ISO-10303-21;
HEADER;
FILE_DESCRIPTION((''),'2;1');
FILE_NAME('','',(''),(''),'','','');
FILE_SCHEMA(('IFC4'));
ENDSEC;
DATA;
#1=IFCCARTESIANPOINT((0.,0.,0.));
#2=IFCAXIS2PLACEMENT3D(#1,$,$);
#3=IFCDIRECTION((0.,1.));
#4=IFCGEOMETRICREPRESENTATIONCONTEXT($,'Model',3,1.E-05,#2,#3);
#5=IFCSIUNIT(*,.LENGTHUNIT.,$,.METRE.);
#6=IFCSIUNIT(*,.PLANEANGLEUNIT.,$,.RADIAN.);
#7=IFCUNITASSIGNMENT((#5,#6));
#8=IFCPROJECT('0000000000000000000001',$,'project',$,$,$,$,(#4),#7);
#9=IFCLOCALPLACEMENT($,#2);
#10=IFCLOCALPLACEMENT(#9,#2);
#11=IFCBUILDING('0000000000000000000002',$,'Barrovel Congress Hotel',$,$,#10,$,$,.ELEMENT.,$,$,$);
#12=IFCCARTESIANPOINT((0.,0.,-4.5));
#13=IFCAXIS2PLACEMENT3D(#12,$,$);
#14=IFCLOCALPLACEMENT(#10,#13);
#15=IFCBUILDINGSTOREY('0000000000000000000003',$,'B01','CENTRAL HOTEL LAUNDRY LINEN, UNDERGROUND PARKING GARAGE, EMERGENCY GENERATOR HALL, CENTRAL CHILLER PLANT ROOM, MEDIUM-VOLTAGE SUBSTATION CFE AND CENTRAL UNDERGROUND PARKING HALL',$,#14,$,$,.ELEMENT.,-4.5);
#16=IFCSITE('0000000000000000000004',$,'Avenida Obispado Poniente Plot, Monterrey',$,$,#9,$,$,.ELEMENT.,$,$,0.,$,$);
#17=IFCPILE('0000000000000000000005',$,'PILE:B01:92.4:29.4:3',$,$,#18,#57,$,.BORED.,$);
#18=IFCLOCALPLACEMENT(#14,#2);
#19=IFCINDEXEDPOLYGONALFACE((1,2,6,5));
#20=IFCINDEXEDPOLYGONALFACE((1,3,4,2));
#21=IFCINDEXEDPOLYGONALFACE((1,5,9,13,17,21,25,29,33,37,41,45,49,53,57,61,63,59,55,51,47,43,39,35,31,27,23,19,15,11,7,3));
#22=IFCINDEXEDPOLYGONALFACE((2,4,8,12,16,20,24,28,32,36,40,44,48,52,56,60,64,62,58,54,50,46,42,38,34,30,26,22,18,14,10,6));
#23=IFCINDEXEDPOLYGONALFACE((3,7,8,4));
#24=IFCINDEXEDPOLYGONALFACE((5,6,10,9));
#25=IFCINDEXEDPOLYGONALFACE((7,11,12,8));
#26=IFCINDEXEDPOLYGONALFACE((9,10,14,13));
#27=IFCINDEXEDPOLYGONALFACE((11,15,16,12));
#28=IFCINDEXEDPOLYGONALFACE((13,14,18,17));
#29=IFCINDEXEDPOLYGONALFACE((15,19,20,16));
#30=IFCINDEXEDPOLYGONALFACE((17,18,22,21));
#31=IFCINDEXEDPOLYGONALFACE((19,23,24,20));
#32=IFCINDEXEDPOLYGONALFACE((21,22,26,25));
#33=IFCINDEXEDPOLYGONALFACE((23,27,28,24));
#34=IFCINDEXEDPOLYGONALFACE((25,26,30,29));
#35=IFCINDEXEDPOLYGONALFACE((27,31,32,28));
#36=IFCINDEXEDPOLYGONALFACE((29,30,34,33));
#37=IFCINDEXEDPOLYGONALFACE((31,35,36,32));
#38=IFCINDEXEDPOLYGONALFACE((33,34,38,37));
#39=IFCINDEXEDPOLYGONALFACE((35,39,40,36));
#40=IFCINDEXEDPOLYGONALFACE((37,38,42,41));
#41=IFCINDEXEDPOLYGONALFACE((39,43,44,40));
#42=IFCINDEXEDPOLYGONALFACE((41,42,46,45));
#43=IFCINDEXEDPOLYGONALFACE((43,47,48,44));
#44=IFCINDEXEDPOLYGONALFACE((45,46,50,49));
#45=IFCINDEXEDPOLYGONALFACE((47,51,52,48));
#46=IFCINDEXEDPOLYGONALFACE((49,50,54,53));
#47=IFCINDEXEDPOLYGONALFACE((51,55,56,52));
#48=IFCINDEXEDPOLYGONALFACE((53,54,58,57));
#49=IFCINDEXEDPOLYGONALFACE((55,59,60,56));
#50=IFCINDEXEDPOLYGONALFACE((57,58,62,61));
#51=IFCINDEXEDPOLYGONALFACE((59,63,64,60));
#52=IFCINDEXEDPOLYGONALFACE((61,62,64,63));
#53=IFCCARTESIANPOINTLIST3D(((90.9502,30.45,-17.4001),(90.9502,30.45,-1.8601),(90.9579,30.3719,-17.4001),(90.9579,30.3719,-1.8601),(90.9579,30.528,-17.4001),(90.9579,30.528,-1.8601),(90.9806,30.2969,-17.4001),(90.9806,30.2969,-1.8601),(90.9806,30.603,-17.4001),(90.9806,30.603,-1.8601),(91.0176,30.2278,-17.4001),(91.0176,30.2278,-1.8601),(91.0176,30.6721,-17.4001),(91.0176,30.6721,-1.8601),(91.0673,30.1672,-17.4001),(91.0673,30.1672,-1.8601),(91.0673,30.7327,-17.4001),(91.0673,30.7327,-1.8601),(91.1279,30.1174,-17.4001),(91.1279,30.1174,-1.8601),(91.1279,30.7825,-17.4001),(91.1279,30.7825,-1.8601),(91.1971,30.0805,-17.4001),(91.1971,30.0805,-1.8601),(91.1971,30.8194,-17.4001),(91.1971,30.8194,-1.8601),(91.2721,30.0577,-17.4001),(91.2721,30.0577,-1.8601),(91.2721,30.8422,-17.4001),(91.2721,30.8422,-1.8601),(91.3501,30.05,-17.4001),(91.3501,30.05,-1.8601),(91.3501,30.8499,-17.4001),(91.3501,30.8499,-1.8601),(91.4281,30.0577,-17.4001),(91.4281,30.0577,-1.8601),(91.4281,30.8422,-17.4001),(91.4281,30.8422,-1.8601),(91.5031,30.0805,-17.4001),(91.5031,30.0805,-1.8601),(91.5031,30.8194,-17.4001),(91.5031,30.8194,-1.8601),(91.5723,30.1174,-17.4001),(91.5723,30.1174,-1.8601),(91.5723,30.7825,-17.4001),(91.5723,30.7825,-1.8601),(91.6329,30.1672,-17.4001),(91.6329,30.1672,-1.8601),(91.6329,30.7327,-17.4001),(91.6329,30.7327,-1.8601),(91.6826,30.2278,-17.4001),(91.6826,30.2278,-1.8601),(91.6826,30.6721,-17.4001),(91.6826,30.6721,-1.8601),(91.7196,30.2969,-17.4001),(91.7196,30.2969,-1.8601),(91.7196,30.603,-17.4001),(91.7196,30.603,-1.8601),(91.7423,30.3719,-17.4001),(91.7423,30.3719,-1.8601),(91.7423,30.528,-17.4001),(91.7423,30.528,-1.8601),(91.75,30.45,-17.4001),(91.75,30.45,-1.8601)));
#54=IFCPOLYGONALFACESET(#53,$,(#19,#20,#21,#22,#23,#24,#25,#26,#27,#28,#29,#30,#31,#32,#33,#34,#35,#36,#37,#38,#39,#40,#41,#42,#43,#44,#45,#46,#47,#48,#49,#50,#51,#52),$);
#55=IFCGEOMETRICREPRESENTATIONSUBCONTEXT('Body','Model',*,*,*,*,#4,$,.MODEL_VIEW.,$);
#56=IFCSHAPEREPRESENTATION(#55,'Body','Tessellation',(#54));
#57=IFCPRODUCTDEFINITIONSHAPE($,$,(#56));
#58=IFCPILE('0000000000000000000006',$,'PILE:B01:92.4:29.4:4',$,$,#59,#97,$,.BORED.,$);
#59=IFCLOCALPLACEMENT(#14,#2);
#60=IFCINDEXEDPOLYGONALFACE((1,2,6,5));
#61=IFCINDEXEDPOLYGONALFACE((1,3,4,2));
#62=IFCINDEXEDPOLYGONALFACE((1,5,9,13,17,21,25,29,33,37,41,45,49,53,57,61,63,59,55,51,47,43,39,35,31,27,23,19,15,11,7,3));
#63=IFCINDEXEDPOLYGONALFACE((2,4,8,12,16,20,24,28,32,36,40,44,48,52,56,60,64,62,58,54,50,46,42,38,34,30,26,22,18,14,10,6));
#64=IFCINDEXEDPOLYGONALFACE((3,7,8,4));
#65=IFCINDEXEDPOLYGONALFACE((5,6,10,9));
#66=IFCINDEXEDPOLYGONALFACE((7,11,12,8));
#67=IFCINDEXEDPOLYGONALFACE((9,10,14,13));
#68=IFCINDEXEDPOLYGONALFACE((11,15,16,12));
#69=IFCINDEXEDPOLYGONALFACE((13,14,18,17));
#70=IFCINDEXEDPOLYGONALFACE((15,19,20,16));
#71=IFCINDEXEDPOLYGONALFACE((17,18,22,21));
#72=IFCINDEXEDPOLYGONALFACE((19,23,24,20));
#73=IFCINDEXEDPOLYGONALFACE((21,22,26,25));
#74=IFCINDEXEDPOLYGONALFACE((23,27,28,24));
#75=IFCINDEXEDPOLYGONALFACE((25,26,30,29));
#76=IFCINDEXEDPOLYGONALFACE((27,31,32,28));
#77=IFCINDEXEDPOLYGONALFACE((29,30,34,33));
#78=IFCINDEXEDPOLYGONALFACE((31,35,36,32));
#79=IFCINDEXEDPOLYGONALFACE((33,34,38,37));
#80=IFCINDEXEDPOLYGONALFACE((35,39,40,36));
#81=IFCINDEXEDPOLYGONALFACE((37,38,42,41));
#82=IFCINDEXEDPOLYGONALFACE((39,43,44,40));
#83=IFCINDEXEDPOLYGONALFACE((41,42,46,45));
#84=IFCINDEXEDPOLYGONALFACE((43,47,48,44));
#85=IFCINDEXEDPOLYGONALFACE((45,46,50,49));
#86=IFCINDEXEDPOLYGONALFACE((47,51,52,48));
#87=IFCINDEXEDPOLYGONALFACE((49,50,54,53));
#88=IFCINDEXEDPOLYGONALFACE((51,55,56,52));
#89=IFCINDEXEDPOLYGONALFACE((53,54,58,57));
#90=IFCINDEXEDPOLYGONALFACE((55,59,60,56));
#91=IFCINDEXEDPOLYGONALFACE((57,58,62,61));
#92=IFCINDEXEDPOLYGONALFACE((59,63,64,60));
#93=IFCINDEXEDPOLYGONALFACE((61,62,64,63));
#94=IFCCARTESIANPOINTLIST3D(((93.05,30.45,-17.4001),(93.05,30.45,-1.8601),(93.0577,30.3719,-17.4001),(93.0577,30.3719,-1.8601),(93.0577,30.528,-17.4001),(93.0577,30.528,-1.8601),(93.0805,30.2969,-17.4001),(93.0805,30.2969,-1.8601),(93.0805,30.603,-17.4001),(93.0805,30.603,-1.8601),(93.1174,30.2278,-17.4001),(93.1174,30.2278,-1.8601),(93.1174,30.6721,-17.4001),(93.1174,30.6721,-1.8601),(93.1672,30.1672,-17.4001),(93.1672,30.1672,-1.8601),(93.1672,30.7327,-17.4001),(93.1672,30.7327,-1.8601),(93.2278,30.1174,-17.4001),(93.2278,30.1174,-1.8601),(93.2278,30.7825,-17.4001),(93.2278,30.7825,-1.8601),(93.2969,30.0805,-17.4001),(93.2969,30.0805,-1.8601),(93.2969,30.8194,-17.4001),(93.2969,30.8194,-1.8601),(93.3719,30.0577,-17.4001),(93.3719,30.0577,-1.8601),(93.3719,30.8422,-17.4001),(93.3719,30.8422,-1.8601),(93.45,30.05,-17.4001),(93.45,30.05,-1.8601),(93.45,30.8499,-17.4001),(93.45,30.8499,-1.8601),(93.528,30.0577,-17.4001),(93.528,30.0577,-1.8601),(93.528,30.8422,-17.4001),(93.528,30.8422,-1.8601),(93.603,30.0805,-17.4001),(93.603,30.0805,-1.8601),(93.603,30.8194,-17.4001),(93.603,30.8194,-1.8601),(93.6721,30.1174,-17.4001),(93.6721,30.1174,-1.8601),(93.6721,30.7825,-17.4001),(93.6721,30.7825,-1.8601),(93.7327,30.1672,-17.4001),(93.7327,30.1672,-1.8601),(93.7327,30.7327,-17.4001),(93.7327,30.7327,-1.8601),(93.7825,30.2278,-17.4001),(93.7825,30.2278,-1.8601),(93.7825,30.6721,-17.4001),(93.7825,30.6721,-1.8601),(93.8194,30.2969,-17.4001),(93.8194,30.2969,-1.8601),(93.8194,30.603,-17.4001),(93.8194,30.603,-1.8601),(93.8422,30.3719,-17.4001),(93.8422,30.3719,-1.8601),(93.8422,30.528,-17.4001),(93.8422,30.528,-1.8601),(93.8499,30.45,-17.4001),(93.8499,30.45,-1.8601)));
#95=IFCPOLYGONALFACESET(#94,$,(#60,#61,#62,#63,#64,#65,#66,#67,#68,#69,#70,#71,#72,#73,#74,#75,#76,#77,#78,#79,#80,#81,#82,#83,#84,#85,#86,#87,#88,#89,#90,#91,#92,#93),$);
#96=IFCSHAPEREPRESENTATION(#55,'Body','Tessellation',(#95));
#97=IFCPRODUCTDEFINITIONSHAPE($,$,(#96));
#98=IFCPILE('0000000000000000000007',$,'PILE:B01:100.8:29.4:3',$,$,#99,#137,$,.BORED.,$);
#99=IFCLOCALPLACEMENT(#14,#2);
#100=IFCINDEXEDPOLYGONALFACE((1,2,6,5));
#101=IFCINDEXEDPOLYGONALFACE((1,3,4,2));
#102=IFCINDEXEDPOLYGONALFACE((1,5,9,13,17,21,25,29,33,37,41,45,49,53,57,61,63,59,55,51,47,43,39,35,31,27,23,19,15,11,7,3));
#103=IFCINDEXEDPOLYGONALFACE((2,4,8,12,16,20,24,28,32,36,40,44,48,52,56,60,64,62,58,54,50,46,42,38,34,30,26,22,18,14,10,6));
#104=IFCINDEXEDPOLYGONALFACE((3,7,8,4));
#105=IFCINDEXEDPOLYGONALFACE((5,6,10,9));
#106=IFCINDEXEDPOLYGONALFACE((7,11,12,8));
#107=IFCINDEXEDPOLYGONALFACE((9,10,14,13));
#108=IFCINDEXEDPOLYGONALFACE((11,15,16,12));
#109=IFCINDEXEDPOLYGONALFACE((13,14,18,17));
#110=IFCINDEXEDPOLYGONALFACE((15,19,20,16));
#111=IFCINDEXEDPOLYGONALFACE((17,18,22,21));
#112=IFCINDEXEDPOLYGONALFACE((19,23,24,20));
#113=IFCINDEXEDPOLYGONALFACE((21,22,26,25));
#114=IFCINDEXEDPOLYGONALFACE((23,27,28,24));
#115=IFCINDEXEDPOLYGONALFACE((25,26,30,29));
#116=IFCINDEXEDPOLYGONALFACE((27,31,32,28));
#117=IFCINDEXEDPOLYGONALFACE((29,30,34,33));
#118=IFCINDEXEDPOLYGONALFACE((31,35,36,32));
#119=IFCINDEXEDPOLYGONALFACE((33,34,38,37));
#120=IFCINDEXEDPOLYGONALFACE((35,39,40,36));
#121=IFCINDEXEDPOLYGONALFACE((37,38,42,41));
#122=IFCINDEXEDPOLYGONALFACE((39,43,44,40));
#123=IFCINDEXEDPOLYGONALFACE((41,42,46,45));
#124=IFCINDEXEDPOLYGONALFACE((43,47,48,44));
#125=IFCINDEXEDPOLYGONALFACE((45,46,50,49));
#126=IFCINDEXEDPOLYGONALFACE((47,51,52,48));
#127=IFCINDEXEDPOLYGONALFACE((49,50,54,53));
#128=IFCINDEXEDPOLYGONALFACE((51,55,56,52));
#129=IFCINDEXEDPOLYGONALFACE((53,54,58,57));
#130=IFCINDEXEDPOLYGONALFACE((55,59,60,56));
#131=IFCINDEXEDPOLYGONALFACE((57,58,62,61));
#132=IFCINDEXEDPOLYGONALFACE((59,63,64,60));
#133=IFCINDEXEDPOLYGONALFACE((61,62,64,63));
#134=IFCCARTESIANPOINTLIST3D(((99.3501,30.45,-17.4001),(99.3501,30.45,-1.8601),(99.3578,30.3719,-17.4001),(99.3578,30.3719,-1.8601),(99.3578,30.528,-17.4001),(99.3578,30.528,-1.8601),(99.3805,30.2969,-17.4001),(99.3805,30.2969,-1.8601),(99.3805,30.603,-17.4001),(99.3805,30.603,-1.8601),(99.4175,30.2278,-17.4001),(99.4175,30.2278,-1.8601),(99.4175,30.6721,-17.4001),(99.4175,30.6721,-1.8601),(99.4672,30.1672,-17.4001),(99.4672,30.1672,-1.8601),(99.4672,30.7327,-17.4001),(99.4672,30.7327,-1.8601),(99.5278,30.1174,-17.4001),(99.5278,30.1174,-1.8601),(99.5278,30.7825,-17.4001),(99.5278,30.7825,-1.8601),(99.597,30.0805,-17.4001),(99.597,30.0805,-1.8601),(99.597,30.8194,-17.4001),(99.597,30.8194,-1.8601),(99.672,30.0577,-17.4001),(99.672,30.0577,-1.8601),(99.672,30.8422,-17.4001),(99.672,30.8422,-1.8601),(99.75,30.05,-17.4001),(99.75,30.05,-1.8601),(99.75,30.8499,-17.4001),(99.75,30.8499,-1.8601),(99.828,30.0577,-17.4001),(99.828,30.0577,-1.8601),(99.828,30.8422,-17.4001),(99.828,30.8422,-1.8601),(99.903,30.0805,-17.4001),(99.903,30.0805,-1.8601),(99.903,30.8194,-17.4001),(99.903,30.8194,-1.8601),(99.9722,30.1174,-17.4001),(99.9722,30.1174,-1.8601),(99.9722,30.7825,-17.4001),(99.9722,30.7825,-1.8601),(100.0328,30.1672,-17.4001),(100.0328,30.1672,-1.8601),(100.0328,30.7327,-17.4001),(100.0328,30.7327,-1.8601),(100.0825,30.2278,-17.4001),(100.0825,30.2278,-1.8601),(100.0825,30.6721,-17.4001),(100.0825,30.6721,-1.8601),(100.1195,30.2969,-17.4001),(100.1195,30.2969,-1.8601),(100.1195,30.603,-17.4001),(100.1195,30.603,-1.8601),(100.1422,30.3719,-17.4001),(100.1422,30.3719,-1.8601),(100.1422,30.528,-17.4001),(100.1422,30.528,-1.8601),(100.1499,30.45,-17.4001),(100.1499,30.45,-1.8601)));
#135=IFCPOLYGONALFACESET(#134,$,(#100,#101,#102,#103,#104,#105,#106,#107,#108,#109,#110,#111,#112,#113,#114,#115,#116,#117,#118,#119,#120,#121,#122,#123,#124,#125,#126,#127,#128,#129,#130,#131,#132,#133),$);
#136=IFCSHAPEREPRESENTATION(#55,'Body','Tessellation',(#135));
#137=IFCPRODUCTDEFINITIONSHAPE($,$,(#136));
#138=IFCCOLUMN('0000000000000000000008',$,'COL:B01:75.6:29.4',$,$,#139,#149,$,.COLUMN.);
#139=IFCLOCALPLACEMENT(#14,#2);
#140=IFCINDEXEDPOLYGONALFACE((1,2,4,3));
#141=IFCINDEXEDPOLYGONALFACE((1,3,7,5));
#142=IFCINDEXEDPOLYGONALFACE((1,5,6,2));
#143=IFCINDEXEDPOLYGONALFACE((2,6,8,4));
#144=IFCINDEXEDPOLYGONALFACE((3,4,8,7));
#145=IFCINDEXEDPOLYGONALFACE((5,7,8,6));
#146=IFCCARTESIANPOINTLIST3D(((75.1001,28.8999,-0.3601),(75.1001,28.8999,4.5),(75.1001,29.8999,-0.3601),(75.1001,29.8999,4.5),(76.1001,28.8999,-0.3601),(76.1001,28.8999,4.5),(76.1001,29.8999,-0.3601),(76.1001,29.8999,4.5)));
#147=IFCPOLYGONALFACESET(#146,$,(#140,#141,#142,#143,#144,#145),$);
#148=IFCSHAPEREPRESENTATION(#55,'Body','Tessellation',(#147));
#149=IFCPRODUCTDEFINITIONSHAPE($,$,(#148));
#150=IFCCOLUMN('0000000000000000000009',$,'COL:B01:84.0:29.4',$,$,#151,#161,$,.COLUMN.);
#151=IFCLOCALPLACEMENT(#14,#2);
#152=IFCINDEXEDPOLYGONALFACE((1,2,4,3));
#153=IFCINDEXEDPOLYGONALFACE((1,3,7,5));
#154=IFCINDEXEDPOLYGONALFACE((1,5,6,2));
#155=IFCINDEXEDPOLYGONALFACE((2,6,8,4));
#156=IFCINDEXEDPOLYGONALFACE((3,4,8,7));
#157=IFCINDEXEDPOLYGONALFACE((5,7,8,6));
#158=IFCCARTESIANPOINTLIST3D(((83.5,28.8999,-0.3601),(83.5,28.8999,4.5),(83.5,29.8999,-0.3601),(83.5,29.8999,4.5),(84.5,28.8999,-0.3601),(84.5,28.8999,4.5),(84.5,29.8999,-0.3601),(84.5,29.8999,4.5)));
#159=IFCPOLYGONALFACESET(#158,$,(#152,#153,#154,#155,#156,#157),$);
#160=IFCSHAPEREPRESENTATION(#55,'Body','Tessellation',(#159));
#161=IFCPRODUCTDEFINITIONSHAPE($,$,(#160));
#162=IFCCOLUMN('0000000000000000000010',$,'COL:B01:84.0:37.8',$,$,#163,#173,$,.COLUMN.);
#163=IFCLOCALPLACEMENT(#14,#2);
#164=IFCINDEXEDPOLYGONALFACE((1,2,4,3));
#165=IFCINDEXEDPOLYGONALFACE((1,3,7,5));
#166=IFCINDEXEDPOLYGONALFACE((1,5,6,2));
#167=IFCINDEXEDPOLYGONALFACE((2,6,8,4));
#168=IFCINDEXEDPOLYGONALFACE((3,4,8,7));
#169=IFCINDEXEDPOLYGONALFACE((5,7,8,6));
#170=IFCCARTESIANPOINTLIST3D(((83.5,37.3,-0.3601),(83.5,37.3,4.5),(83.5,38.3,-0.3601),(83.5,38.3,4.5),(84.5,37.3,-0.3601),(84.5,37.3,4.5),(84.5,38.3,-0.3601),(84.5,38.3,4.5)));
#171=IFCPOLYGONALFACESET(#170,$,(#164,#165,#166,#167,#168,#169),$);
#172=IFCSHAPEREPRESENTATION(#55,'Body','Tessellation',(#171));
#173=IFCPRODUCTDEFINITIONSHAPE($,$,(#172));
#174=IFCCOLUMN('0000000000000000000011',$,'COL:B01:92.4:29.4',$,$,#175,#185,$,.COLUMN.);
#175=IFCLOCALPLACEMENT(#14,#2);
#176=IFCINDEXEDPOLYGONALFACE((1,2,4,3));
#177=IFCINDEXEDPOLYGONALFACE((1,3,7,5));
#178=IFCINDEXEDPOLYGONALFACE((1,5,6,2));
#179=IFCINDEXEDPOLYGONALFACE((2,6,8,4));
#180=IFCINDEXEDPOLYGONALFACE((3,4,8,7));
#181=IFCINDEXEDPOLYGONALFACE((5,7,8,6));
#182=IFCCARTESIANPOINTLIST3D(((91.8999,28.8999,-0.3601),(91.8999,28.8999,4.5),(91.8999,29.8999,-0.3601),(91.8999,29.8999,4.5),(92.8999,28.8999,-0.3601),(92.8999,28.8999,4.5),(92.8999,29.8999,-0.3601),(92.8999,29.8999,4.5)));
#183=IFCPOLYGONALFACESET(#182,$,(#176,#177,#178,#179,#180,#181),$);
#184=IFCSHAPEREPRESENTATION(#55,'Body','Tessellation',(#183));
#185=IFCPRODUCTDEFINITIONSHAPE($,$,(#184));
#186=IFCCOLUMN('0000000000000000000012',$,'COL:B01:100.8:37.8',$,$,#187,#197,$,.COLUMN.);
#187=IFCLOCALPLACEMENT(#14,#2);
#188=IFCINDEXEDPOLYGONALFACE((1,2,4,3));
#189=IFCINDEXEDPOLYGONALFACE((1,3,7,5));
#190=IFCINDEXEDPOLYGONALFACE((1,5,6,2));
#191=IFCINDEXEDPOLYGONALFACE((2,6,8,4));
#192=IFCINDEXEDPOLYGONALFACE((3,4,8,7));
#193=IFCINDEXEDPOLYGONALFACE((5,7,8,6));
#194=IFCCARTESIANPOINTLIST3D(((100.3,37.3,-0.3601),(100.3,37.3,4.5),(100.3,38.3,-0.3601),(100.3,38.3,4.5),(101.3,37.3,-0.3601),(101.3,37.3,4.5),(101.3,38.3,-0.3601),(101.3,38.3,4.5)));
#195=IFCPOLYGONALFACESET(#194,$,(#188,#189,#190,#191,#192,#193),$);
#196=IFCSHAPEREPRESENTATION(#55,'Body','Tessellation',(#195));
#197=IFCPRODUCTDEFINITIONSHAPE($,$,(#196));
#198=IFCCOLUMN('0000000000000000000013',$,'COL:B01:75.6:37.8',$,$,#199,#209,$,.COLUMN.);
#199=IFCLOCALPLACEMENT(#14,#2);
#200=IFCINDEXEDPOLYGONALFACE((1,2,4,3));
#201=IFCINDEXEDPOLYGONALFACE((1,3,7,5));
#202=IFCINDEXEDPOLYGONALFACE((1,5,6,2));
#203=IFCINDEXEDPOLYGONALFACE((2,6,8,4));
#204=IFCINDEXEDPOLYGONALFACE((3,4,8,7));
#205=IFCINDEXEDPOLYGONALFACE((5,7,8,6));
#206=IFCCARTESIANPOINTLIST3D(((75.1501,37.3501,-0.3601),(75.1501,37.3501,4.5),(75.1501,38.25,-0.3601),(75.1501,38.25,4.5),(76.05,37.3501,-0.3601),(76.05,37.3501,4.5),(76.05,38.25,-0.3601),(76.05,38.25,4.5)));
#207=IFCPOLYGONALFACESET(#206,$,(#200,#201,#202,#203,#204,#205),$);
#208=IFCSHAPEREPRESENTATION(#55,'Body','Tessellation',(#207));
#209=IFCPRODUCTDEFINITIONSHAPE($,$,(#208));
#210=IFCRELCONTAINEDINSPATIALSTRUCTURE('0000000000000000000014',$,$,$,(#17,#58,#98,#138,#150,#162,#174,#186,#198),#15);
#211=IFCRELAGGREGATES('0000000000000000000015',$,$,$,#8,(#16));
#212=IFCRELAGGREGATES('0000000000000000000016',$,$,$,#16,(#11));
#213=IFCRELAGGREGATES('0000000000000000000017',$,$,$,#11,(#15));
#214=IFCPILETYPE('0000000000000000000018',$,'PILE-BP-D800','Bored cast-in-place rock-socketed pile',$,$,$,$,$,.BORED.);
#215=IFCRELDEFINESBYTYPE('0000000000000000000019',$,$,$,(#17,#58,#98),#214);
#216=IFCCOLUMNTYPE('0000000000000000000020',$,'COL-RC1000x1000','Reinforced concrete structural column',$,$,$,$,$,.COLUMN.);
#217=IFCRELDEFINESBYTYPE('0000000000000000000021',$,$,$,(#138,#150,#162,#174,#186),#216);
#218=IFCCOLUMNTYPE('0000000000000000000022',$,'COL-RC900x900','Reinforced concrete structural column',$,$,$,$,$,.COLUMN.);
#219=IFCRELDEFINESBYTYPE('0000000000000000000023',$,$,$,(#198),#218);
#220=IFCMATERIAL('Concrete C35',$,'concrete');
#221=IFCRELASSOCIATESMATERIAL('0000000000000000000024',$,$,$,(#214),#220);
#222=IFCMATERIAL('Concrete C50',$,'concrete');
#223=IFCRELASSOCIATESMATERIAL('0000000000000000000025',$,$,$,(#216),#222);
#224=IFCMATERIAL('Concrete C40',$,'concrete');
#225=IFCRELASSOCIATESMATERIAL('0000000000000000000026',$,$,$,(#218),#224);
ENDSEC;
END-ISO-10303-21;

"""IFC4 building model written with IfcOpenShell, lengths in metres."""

from ifc_helpers import new_model, si_unit, direction, frame, origin, origin_2d, place, context, subcontext, project, spatial, rectangle, circle, extrude, material, material_profile, profile_set, type_object, element, save


model = new_model("IFC4")

# Units and contexts
model_context = context("Model", 3, precision=1e-05, world=origin(), true_north=direction((0.0, 1.0)))
body_context = subcontext(model_context, "Body", "Model", "MODEL_VIEW")
ifc_project = project(units=[si_unit("LENGTHUNIT", "METRE"), si_unit("PLANEANGLEUNIT", "RADIAN")], contexts=[model_context])

# Site, building, storey
site_placement = place(None, origin())
site = spatial("IfcSite", under=ifc_project, at=site_placement, Name="Avenida Obispado Poniente Plot, Monterrey", CompositionType="ELEMENT", RefElevation=0.0)
building_placement = place(site_placement, origin())
building = spatial("IfcBuilding", under=site, at=building_placement, Name="Barrovel Congress Hotel", CompositionType="ELEMENT")
storey_placement = place(building_placement, frame((0.0, 0.0, -4.5)))
storey = spatial("IfcBuildingStorey", under=building, at=storey_placement, Name="B01", Description="CENTRAL HOTEL LAUNDRY LINEN, UNDERGROUND PARKING GARAGE, EMERGENCY GENERATOR HALL, CENTRAL CHILLER PLANT ROOM, MEDIUM-VOLTAGE SUBSTATION CFE AND CENTRAL UNDERGROUND PARKING HALL", CompositionType="ELEMENT", Elevation=-4.5)

# Shared definitions
ifc_material_1 = material(Name="Concrete C40", Category="concrete")

# Piles
ifc_material_2 = material(Name="Concrete C35", Category="concrete")
ifc_material_profile_1 = material_profile(ifc_material_2, circle(Radius=0.3999, at=origin_2d()), Name="BP-D800")
ifc_profile_set_1 = profile_set([ifc_material_profile_1], Name="Concrete C35")
pile_type = type_object("IfcPileType", Name="PILE-BP-D800", Description="Bored cast-in-place rock-socketed pile", PredefinedType="BORED", material=ifc_profile_set_1)
for number, where, z_axis, x_axis, name in (
    (1, (91.3501, 30.45, -1.8601), (0.0, 0.0, -1.0), (1.0, 0.0, 0.0), "PILE:B01:92.4:29.4:3"),
    (2, (93.45, 30.45, -1.8601), (0.0, 0.0, -1.0), (1.0, 0.0, 0.0), "PILE:B01:92.4:29.4:4"),
    (3, (99.75, 30.45, -1.8601), (0.0, 0.0, -1.0), (1.0, 0.0, 0.0), "PILE:B01:100.8:29.4:3"),
):
    element("IfcPile", number, at=place(storey_placement, frame(where, z_axis=z_axis, x_axis=x_axis)), inside=storey, type_object=pile_type, Name=name, PredefinedType="BORED", context=body_context, shape_type="SweptSolid", body=[
        extrude(circle(Radius=0.3999, at=origin_2d()), origin(), (0.0, 0.0, 1.0), 15.54),
    ])

# Columns
ifc_material_3 = material(Name="Concrete C50", Category="concrete")
ifc_material_profile_2 = material_profile(ifc_material_3, rectangle(XDim=1.0, YDim=1.0, at=origin_2d()), Name="RC1000x1000")
ifc_profile_set_2 = profile_set([ifc_material_profile_2], Name="Concrete C50")
column_type_1 = type_object("IfcColumnType", Name="COL-RC1000x1000", Description="Reinforced concrete structural column", PredefinedType="COLUMN", material=ifc_profile_set_2)
for number, where, z_axis, x_axis, name in (
    (4, (75.6001, 29.3999, -0.3601), (0.0, 0.0, 1.0), (1.0, 0.0, 0.0), "COL:B01:75.6:29.4"),
    (5, (84.0, 29.3999, -0.3601), (0.0, 0.0, 1.0), (1.0, 0.0, 0.0), "COL:B01:84.0:29.4"),
    (6, (84.0, 37.8, -0.3601), (0.0, 0.0, 1.0), (1.0, 0.0, 0.0), "COL:B01:84.0:37.8"),
    (7, (92.3999, 29.3999, -0.3601), (0.0, 0.0, 1.0), (1.0, 0.0, 0.0), "COL:B01:92.4:29.4"),
    (8, (100.8, 37.8, -0.3601), (0.0, 0.0, 1.0), (1.0, 0.0, 0.0), "COL:B01:100.8:37.8"),
):
    element("IfcColumn", number, at=place(storey_placement, frame(where, z_axis=z_axis, x_axis=x_axis)), inside=storey, type_object=column_type_1, Name=name, PredefinedType="COLUMN", context=body_context, shape_type="SweptSolid", body=[
        extrude(rectangle(XDim=1.0, YDim=1.0, at=origin_2d()), origin(), (0.0, 0.0, 1.0), 4.8601),
    ])
ifc_material_profile_3 = material_profile(ifc_material_1, rectangle(XDim=0.8999, YDim=0.8999, at=origin_2d()), Name="RC900x900")
ifc_profile_set_3 = profile_set([ifc_material_profile_3], Name="Concrete C40")
column_type_2 = type_object("IfcColumnType", Name="COL-RC900x900", Description="Reinforced concrete structural column", PredefinedType="COLUMN", material=ifc_profile_set_3)
for number, where, z_axis, x_axis, name in (
    (9, (75.6001, 37.8, -0.3601), (0.0, 0.0, 1.0), (1.0, 0.0, 0.0), "COL:B01:75.6:37.8"),
):
    element("IfcColumn", number, at=place(storey_placement, frame(where, z_axis=z_axis, x_axis=x_axis)), inside=storey, type_object=column_type_2, Name=name, PredefinedType="COLUMN", context=body_context, shape_type="SweptSolid", body=[
        extrude(rectangle(XDim=0.8999, YDim=0.8999, at=origin_2d()), origin(), (0.0, 0.0, 1.0), 4.8601),
    ])

save(model, "model.ifc")
